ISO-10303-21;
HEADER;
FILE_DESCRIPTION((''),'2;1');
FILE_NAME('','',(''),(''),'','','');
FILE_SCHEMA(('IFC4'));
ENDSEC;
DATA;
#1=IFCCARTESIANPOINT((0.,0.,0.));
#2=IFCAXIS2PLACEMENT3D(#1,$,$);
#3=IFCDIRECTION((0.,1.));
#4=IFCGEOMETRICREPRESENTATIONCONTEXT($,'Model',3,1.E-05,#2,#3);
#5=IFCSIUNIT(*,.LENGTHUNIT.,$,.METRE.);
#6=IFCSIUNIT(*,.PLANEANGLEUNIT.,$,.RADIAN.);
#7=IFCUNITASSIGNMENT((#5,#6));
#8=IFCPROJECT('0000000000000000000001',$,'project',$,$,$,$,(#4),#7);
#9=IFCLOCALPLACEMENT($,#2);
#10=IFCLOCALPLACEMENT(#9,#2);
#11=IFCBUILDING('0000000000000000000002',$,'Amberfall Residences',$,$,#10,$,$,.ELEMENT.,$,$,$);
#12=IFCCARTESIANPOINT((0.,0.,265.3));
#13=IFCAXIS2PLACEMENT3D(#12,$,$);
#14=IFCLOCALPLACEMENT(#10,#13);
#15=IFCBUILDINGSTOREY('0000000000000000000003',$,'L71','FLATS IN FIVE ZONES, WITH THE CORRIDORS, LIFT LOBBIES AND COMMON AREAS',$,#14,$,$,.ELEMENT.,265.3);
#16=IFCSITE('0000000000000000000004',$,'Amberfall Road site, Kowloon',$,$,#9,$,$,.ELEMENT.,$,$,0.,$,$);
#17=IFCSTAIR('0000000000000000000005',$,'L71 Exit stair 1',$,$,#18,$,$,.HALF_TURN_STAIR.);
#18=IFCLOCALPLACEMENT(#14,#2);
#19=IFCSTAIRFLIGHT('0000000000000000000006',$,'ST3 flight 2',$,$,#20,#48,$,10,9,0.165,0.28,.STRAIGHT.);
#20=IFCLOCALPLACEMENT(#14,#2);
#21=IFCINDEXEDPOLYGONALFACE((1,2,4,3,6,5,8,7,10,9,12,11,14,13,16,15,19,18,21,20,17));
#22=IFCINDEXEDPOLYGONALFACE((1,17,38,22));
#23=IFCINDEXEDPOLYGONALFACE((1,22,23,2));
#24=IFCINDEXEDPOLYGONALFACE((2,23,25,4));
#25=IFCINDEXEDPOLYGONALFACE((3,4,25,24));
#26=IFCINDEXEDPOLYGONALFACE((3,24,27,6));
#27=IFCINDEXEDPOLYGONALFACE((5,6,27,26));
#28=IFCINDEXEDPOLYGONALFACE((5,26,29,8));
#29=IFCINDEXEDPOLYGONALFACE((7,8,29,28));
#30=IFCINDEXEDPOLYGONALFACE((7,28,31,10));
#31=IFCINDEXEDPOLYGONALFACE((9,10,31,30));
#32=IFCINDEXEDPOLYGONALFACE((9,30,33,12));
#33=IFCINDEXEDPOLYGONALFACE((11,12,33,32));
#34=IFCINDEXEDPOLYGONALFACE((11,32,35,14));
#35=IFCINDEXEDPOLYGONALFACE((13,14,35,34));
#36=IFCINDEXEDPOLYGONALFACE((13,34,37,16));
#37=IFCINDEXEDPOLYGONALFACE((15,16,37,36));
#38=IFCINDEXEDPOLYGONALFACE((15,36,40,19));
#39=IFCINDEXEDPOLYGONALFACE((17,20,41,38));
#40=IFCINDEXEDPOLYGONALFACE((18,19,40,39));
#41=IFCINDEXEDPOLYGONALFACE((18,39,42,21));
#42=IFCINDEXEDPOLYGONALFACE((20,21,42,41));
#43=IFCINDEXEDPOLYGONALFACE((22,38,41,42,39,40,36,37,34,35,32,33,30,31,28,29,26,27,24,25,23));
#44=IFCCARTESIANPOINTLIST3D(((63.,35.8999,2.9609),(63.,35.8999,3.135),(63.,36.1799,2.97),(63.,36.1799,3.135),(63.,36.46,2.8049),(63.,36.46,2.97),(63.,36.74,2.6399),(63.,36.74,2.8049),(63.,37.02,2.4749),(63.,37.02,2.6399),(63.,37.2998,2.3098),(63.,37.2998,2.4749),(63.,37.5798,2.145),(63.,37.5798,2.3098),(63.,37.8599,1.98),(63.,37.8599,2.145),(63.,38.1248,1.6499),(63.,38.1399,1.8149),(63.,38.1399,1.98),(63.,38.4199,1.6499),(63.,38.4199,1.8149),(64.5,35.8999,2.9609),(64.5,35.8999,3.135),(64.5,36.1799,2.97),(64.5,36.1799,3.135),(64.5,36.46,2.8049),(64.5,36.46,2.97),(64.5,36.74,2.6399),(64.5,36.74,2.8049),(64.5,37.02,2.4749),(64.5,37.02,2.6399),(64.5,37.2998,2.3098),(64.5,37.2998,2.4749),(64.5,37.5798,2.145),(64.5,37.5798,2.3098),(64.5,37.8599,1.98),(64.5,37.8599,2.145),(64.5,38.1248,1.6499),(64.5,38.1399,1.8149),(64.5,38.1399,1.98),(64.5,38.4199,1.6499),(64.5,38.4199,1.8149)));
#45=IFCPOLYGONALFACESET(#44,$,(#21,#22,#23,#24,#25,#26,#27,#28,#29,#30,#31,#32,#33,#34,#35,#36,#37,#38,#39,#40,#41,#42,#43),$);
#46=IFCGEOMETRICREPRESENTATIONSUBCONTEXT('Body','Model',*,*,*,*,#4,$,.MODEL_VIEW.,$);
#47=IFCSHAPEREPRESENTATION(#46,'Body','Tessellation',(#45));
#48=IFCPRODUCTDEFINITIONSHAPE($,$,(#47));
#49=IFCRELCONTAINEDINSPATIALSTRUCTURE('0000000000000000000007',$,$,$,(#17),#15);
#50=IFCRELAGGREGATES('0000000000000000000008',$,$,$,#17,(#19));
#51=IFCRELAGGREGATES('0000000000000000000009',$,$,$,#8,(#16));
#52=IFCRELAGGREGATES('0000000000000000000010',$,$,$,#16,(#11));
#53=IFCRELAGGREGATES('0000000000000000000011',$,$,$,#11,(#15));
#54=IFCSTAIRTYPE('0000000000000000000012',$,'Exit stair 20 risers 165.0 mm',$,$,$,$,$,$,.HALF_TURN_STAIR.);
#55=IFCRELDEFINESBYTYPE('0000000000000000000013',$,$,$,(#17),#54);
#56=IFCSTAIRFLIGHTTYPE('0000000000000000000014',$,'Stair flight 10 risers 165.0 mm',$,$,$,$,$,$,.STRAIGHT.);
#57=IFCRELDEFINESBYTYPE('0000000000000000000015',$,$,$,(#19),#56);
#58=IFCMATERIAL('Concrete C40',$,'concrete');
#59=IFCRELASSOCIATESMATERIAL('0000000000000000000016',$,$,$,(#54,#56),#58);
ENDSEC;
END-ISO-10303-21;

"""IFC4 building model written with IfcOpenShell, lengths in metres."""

from ifc_helpers import new_model, si_unit, direction, frame, origin, place, context, subcontext, project, spatial, polyline, outline, extrude, material, type_object, element, aggregate, save


model = new_model("IFC4")

# Units and contexts
model_context = context("Model", 3, precision=1e-05, world=origin(), true_north=direction((0.0, 1.0)))
body_context = subcontext(model_context, "Body", "Model", "MODEL_VIEW")
ifc_project = project(units=[si_unit("LENGTHUNIT", "METRE"), si_unit("PLANEANGLEUNIT", "RADIAN")], contexts=[model_context])

# Site, building, storey
site_placement = place(None, origin())
site = spatial("IfcSite", under=ifc_project, at=site_placement, Name="Amberfall Road site, Kowloon", CompositionType="ELEMENT", RefElevation=0.0)
building_placement = place(site_placement, origin())
building = spatial("IfcBuilding", under=site, at=building_placement, Name="Amberfall Residences", CompositionType="ELEMENT")
storey_placement = place(building_placement, frame((0.0, 0.0, 265.3)))
storey = spatial("IfcBuildingStorey", under=building, at=storey_placement, Name="L71", Description="FLATS IN FIVE ZONES, WITH THE CORRIDORS, LIFT LOBBIES AND COMMON AREAS", CompositionType="ELEMENT", Elevation=265.3)

# Stair, stair flight
ifc_material_1 = material(Name="Concrete C40", Category="concrete")
stair_type = type_object("IfcStairType", Name="Exit stair 20 risers 165.0 mm", PredefinedType="HALF_TURN_STAIR", material=ifc_material_1)
stair_placement = place(storey_placement, origin())
stair = element("IfcStair", 1, at=stair_placement, inside=storey, type_object=stair_type, Name="L71 Exit stair 1", PredefinedType="HALF_TURN_STAIR")
stair_flight_type = type_object("IfcStairFlightType", Name="Stair flight 10 risers 165.0 mm", PredefinedType="STRAIGHT", material=ifc_material_1)
stair_flight_1_placement = place(storey_placement, frame((63.75, 38.4199, 1.6499), z_axis=(0.0, 0.0, 1.0), x_axis=(0.0, -1.0, 0.0)))
stair_flight_1 = element("IfcStairFlight", 2, at=stair_flight_1_placement, type_object=stair_flight_type, Name="ST3 flight 2", NumberOfRisers=10, NumberOfTreads=9, PredefinedType="STRAIGHT", RiserHeight=0.165, TreadLength=0.28, context=body_context, shape_type="SweptSolid", body=[
    extrude(outline(polyline([(0.0, 0.0), (0.0, 0.165), (0.28, 0.165), (0.28, 0.3301), (0.5601, 0.3301), (0.5601, 0.4951), (0.8401, 0.4951), (0.8401, 0.6599), (1.1201, 0.6599), (1.1201, 0.825), (1.3999, 0.825), (1.3999, 0.99), (1.6799, 0.99), (1.6799, 1.155), (1.96, 1.155), (1.96, 1.3201), (2.24, 1.3201), (2.24, 1.4851), (2.52, 1.4851), (2.52, 1.6499), (2.52, 1.311), (0.2952, 0.0), (0.0, 0.0)])), frame((0.0, 0.75, 0.0), z_axis=(0.0, -1.0, 0.0), x_axis=(1.0, 0.0, 0.0)), (0.0, 0.0, 1.0), 1.5),
])
aggregate(stair, [stair_flight_1])

save(model, "model.ifc")
